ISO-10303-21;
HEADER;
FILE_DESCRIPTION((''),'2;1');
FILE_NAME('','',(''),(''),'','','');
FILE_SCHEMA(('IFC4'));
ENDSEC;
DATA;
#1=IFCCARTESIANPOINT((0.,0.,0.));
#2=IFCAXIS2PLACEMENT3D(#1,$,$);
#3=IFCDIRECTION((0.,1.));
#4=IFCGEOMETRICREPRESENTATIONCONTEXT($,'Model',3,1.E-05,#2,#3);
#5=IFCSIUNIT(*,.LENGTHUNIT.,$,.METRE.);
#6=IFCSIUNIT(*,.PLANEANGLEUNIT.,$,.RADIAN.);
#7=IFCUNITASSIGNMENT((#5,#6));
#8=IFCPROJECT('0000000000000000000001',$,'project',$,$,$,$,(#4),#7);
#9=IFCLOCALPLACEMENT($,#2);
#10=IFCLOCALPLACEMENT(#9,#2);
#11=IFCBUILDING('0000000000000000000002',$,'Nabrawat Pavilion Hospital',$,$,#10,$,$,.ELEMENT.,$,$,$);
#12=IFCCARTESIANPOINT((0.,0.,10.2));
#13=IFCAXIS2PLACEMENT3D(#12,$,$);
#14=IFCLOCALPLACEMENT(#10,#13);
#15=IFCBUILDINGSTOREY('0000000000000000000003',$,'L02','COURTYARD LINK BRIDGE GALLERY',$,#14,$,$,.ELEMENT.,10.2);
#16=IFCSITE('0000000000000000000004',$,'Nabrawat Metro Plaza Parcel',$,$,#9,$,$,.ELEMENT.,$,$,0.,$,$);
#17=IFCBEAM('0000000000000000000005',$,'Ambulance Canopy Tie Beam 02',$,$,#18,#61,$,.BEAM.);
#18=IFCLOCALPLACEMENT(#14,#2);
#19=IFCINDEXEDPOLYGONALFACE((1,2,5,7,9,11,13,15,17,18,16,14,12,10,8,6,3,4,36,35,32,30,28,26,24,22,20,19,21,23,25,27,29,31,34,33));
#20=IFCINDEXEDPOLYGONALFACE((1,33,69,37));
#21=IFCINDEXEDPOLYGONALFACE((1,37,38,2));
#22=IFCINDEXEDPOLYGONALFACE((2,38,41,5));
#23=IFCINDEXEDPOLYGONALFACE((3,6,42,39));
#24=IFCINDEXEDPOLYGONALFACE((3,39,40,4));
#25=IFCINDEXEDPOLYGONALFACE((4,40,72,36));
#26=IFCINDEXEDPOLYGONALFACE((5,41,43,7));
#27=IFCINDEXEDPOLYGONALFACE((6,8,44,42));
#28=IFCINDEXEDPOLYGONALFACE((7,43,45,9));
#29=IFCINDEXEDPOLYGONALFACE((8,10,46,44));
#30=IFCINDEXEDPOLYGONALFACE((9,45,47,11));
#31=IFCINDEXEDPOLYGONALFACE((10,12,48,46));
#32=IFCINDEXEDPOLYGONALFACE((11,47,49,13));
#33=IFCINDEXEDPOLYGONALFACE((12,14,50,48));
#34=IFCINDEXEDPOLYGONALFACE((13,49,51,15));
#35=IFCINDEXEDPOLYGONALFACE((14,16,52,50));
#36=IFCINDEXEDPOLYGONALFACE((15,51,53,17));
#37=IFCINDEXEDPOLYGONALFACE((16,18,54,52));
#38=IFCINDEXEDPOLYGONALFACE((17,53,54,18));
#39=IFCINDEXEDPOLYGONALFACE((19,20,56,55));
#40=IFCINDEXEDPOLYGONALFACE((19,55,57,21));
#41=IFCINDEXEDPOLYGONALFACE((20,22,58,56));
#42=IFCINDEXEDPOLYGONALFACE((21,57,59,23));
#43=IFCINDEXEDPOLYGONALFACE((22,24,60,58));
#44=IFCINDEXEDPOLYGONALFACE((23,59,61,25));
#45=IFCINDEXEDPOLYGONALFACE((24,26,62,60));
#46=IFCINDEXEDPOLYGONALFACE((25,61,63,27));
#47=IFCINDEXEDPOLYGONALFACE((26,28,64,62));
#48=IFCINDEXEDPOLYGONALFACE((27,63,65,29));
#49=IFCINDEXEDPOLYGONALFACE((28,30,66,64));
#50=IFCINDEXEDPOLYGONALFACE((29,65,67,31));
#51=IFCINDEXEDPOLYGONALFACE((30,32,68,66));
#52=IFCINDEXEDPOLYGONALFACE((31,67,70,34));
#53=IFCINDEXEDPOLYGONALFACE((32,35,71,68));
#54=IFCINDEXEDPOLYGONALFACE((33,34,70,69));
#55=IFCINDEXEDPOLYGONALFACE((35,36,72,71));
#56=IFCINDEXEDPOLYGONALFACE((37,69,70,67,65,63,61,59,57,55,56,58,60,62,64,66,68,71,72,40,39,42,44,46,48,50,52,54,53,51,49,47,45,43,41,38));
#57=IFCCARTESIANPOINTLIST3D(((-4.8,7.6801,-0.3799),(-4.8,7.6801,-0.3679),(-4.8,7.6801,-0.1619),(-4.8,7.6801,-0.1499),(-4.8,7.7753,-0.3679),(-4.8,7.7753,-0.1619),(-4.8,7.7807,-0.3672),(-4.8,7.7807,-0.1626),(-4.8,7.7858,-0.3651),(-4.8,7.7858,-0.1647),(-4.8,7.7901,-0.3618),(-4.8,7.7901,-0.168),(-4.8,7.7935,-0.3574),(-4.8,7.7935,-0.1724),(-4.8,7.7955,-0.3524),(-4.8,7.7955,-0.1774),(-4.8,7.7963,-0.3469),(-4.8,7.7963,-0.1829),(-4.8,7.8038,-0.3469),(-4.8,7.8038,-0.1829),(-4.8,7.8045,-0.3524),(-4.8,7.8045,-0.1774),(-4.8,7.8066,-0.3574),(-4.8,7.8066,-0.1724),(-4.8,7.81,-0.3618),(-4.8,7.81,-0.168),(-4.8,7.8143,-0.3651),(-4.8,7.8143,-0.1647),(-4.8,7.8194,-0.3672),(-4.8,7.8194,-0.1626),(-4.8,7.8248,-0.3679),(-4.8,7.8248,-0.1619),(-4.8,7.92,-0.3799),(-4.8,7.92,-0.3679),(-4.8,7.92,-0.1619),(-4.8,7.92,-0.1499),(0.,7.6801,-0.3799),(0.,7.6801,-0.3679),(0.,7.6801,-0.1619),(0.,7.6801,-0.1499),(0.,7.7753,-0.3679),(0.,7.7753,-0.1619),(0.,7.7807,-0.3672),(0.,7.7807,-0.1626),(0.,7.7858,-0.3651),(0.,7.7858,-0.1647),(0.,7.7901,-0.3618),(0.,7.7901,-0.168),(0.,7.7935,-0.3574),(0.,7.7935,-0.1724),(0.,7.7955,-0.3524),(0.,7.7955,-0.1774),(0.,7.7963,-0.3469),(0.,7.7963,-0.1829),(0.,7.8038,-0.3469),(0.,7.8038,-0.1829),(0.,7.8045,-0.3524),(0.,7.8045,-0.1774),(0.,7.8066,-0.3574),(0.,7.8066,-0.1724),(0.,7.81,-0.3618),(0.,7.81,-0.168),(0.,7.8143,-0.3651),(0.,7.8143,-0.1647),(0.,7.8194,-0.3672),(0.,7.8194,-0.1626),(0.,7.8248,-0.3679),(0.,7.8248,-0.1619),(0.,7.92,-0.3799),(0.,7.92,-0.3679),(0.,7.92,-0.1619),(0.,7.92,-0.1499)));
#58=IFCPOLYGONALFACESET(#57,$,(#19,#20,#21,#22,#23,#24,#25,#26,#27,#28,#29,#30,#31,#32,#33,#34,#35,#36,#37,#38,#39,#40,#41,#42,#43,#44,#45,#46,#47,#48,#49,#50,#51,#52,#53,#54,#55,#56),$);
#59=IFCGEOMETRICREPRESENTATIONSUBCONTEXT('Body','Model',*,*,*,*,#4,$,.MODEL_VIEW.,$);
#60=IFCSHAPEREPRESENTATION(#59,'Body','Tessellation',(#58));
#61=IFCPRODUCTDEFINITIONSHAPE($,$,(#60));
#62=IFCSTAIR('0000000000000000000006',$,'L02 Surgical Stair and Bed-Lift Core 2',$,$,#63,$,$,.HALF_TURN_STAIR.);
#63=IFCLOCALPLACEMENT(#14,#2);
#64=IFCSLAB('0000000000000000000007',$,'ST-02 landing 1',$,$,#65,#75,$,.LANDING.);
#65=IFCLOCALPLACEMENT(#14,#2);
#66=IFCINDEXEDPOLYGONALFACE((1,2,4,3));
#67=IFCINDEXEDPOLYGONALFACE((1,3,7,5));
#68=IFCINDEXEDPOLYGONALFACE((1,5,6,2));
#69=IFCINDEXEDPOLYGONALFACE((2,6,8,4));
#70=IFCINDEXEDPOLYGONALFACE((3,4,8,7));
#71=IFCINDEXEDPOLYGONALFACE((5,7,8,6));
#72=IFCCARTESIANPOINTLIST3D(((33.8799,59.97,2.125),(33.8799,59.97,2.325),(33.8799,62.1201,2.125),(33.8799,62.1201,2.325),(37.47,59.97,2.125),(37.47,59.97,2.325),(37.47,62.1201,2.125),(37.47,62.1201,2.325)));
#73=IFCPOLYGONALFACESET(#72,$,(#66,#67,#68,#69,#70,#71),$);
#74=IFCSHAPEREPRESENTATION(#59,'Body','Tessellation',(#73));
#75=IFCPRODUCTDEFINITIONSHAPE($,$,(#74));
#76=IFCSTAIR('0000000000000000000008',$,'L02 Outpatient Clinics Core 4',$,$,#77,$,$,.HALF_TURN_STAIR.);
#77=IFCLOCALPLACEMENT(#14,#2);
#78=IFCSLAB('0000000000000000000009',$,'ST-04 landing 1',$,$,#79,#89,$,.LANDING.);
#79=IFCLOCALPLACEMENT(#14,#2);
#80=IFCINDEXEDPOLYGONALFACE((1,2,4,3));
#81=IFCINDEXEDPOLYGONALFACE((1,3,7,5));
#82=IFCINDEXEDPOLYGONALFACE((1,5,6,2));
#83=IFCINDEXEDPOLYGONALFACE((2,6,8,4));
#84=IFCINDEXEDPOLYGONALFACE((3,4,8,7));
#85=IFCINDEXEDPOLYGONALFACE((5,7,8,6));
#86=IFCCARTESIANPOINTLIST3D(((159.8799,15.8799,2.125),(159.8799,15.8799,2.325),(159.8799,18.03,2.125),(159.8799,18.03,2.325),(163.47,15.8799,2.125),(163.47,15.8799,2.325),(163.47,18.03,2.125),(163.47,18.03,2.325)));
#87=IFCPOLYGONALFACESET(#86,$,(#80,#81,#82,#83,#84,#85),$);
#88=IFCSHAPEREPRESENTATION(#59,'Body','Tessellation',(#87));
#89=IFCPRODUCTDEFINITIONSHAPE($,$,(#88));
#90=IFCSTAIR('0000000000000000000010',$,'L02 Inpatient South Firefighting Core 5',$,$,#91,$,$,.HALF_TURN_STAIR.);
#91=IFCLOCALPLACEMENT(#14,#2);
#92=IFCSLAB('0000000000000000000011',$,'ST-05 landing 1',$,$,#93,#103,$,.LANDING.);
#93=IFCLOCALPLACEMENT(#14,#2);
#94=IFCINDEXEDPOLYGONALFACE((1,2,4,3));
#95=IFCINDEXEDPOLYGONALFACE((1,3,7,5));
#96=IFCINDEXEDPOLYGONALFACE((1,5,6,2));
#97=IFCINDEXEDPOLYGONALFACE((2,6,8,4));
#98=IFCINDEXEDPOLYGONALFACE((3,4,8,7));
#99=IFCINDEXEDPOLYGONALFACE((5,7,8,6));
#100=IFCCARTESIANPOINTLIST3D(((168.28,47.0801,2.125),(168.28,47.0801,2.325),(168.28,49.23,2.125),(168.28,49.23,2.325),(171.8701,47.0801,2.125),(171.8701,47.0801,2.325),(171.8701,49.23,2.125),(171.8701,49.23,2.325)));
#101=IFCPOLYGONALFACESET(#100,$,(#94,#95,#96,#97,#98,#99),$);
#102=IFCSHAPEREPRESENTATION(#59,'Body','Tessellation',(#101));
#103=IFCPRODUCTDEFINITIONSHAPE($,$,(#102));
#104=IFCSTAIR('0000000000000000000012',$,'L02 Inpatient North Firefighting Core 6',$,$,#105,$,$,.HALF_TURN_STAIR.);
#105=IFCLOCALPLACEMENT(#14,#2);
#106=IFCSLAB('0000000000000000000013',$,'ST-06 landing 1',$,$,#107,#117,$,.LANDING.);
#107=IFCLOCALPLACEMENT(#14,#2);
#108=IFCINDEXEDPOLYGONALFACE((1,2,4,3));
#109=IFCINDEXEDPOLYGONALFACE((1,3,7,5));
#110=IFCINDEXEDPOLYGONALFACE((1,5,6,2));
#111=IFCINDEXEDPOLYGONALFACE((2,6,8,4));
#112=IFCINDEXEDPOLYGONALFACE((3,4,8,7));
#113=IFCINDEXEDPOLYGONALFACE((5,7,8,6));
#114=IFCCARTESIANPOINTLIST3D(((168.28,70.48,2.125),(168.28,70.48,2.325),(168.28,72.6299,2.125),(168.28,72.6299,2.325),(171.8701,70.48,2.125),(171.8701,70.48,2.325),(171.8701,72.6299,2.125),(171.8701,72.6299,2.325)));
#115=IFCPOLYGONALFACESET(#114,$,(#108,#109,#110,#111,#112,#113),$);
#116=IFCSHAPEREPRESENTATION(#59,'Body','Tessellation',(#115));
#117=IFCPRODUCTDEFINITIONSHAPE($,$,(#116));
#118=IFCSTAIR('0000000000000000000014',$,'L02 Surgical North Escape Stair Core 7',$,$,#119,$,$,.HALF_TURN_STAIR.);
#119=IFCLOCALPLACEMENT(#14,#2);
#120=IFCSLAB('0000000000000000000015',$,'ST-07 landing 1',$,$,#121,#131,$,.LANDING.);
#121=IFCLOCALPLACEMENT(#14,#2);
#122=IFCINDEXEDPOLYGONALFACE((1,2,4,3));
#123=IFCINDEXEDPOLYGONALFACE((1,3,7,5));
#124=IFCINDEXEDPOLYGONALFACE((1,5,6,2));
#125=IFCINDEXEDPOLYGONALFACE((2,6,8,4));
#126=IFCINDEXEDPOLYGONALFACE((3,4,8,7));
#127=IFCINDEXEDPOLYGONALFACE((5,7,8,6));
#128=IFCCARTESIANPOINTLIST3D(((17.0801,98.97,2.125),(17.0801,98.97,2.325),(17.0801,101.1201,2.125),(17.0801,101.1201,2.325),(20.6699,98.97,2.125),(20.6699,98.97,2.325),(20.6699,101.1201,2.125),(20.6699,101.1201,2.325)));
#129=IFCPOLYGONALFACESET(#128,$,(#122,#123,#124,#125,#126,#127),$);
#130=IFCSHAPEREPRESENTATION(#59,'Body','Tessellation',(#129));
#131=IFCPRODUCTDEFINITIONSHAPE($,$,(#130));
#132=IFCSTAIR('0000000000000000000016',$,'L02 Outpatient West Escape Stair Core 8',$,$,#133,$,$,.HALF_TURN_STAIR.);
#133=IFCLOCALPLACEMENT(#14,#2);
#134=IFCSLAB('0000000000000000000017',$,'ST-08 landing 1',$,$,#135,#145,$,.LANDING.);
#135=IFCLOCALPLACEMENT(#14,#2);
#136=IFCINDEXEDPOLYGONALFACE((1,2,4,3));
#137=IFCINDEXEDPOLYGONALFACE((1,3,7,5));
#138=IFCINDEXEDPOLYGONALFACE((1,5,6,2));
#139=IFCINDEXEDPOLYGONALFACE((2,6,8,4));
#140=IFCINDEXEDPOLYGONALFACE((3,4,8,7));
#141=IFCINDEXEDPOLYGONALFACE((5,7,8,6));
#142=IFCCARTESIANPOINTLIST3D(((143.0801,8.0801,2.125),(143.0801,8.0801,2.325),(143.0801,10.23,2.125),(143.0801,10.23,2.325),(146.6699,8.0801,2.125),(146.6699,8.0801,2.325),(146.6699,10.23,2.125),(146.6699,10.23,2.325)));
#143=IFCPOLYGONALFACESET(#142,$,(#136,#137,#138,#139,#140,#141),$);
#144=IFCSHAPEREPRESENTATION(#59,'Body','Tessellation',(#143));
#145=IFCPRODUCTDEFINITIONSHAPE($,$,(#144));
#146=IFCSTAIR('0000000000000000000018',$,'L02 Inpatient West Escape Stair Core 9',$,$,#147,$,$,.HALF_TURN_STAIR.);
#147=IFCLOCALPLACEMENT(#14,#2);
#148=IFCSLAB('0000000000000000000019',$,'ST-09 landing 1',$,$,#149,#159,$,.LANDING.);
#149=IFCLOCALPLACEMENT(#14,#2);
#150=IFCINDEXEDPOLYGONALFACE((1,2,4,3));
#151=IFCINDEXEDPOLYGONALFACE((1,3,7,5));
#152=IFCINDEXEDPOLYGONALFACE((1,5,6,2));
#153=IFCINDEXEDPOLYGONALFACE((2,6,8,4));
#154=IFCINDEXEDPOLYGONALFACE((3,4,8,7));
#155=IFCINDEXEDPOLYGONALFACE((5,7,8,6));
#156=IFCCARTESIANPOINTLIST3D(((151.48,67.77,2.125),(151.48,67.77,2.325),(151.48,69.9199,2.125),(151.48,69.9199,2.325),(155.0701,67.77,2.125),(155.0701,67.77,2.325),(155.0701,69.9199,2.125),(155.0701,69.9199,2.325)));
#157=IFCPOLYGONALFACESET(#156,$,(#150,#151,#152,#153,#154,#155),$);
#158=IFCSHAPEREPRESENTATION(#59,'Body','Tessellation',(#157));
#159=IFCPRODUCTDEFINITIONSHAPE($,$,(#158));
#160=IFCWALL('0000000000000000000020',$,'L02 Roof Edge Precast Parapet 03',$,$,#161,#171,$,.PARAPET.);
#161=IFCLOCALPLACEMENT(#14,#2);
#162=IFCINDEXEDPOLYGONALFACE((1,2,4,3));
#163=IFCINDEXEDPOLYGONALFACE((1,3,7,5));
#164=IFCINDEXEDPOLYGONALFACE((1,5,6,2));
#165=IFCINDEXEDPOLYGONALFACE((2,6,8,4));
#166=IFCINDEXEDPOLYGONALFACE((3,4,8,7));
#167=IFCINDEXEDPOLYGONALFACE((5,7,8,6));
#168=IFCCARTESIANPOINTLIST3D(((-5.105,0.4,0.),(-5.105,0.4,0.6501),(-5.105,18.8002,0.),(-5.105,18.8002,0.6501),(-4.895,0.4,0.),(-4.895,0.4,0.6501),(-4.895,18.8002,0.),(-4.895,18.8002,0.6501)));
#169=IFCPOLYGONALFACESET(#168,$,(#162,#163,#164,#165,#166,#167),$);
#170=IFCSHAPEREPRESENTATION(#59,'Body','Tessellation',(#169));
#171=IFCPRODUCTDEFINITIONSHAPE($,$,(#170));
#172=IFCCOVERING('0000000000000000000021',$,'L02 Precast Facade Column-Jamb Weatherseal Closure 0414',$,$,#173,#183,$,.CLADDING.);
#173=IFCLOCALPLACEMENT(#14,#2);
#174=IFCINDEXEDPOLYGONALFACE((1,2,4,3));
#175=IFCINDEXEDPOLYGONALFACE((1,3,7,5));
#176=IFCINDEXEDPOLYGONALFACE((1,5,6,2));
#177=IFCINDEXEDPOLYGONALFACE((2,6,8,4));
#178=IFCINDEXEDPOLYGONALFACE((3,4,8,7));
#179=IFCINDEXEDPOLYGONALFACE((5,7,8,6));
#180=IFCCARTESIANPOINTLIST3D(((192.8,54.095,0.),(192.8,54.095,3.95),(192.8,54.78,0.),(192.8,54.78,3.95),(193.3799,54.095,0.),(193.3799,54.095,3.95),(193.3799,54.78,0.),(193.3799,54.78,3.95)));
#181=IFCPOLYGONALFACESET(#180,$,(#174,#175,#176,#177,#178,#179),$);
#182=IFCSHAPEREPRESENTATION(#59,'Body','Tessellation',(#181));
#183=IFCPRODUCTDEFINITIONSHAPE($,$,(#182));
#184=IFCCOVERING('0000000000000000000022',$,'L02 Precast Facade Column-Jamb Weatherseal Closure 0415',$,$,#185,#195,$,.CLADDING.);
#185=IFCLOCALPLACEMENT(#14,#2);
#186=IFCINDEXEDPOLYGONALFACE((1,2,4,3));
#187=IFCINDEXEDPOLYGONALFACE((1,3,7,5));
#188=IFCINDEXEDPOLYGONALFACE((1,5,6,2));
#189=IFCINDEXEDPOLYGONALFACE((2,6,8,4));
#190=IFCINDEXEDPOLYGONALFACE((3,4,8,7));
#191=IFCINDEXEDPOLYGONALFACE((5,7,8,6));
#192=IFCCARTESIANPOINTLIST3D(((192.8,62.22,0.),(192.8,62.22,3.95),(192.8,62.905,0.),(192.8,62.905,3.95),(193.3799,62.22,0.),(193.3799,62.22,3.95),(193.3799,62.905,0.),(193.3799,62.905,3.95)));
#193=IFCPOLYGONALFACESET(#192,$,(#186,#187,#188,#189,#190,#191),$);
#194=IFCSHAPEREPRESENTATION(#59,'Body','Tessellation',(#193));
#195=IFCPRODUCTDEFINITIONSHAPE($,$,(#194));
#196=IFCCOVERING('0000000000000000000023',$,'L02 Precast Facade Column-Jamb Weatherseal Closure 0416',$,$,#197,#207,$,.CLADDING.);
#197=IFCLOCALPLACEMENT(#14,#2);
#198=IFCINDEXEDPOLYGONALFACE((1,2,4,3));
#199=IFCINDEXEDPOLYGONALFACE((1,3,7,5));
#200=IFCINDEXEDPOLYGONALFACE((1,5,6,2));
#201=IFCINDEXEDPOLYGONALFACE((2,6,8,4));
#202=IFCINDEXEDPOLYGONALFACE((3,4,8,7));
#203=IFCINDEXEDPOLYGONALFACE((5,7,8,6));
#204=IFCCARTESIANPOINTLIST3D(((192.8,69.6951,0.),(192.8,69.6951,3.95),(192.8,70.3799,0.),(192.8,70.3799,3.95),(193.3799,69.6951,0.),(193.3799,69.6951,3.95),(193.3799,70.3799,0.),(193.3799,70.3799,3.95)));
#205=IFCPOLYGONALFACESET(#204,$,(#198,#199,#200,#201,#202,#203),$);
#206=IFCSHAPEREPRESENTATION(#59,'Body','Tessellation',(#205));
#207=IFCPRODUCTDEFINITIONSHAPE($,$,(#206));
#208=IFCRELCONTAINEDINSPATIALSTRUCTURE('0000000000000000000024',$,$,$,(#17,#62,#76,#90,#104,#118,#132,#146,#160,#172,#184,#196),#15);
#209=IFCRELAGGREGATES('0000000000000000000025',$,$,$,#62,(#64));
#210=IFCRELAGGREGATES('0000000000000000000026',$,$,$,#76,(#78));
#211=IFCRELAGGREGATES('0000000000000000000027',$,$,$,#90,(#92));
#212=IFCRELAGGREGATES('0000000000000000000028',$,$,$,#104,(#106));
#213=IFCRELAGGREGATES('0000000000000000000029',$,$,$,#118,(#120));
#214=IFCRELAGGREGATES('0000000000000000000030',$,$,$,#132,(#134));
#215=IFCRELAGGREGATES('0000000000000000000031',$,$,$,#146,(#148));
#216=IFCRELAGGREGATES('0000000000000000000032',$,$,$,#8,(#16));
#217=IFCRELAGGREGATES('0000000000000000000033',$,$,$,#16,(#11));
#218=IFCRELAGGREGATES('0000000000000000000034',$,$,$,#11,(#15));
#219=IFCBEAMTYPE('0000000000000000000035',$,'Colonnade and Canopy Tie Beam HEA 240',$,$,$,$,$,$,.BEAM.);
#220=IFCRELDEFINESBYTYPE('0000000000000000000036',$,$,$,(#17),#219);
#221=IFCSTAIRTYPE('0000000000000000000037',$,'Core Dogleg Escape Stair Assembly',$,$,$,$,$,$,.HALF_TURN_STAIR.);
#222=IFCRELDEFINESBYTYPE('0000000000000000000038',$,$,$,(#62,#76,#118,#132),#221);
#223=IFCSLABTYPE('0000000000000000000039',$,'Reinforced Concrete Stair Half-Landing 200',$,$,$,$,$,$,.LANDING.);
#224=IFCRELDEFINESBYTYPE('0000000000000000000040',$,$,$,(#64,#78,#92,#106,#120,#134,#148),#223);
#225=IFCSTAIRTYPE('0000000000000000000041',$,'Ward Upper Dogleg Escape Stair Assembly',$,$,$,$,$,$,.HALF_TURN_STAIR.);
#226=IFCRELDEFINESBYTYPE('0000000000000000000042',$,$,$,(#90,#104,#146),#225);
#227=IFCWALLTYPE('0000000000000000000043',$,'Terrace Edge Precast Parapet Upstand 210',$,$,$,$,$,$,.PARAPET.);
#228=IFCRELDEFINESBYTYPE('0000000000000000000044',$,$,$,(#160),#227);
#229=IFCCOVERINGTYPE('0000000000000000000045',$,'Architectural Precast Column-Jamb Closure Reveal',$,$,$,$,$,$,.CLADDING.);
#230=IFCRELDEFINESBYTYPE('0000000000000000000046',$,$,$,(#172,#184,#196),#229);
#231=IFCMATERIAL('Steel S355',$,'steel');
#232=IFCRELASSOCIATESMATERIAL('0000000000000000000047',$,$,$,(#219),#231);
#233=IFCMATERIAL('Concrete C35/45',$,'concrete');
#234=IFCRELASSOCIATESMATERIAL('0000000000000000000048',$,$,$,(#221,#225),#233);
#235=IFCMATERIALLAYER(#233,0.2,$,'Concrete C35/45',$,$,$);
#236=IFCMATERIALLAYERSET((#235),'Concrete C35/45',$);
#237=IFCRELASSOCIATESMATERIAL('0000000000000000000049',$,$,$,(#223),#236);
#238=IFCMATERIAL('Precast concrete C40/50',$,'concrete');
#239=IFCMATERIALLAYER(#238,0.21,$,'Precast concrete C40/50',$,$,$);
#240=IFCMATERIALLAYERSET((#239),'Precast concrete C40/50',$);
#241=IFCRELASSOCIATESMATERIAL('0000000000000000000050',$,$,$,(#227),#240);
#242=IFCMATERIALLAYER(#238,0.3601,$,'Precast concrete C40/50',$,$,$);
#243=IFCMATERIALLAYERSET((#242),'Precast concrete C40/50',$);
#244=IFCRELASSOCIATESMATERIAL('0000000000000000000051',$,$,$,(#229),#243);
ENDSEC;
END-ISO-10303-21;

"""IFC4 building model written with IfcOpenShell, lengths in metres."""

from ifc_helpers import new_model, si_unit, direction, frame, frame_2d, origin, origin_2d, place, context, subcontext, project, spatial, polyline, rectangle, i_section, outline, extrude, material, layer, layer_set, material_profile, profile_set, type_object, element, aggregate, save


model = new_model("IFC4")

# Units and contexts
model_context = context("Model", 3, precision=1e-05, world=origin(), true_north=direction((0.0, 1.0)))
body_context = subcontext(model_context, "Body", "Model", "MODEL_VIEW")
ifc_project = project(units=[si_unit("LENGTHUNIT", "METRE"), si_unit("PLANEANGLEUNIT", "RADIAN")], contexts=[model_context])

# Site, building, storey
site_placement = place(None, origin())
site = spatial("IfcSite", under=ifc_project, at=site_placement, Name="Nabrawat Metro Plaza Parcel", CompositionType="ELEMENT", RefElevation=0.0)
building_placement = place(site_placement, origin())
building = spatial("IfcBuilding", under=site, at=building_placement, Name="Nabrawat Pavilion Hospital", CompositionType="ELEMENT")
storey_placement = place(building_placement, frame((0.0, 0.0, 10.2)))
storey = spatial("IfcBuildingStorey", under=building, at=storey_placement, Name="L02", Description="COURTYARD LINK BRIDGE GALLERY", CompositionType="ELEMENT", Elevation=10.2)

# Beam
ifc_material_1 = material(Name="Steel S355", Category="steel")
ifc_material_profile = material_profile(ifc_material_1, i_section(OverallWidth=0.24, OverallDepth=0.23, WebThickness=0.0076, FlangeThickness=0.012, FilletRadius=0.021, at=origin_2d()), Name="HEA 240")
ifc_profile_set = profile_set([ifc_material_profile], Name="Steel S355")
beam_type = type_object("IfcBeamType", Name="Colonnade and Canopy Tie Beam HEA 240", PredefinedType="BEAM", material=ifc_profile_set)
beam_placement = place(storey_placement, frame((-4.8, 7.8, -0.2649), z_axis=(1.0, 0.0, 0.0), x_axis=(0.0, 1.0, 0.0)))
element("IfcBeam", 1, at=beam_placement, inside=storey, type_object=beam_type, Name="Ambulance Canopy Tie Beam 02", PredefinedType="BEAM", context=body_context, shape_type="SweptSolid", body=[
    extrude(i_section(OverallWidth=0.24, OverallDepth=0.23, WebThickness=0.0076, FlangeThickness=0.012, FilletRadius=0.021, at=origin_2d()), origin(), (0.0, 0.0, 1.0), 4.8),
])

# Stairs, slabs
ifc_material_2 = material(Name="Concrete C35/45", Category="concrete")
stair_type_1 = type_object("IfcStairType", Name="Core Dogleg Escape Stair Assembly", PredefinedType="HALF_TURN_STAIR", material=ifc_material_2)
stair_1_placement = place(storey_placement, origin())
stair_1 = element("IfcStair", 2, at=stair_1_placement, inside=storey, type_object=stair_type_1, Name="L02 Surgical Stair and Bed-Lift Core 2", PredefinedType="HALF_TURN_STAIR")
ifc_layer_1 = layer(ifc_material_2, 0.2, Name="Concrete C35/45")
ifc_layer_set_1 = layer_set([ifc_layer_1], Name="Concrete C35/45")
slab_type = type_object("IfcSlabType", Name="Reinforced Concrete Stair Half-Landing 200", PredefinedType="LANDING", material=ifc_layer_set_1)
slab_1_placement = place(storey_placement, frame((0.0, 0.0, 2.125)))
slab_1 = element("IfcSlab", 3, at=slab_1_placement, type_object=slab_type, Name="ST-02 landing 1", PredefinedType="LANDING", context=body_context, shape_type="SweptSolid", body=[
    extrude(outline(polyline([(37.47, 59.97), (37.47, 62.1201), (33.8799, 62.1201), (33.8799, 59.97), (37.47, 59.97)])), origin(), (0.0, 0.0, 1.0), 0.2),
])
aggregate(stair_1, [slab_1])
stair_2_placement = place(storey_placement, origin())
stair_2 = element("IfcStair", 4, at=stair_2_placement, inside=storey, type_object=stair_type_1, Name="L02 Outpatient Clinics Core 4", PredefinedType="HALF_TURN_STAIR")
slab_2_placement = place(storey_placement, frame((0.0, 0.0, 2.125)))
slab_2 = element("IfcSlab", 5, at=slab_2_placement, type_object=slab_type, Name="ST-04 landing 1", PredefinedType="LANDING", context=body_context, shape_type="SweptSolid", body=[
    extrude(outline(polyline([(163.47, 15.8799), (163.47, 18.03), (159.8799, 18.03), (159.8799, 15.8799), (163.47, 15.8799)])), origin(), (0.0, 0.0, 1.0), 0.2),
])
aggregate(stair_2, [slab_2])
stair_type_2 = type_object("IfcStairType", Name="Ward Upper Dogleg Escape Stair Assembly", PredefinedType="HALF_TURN_STAIR", material=ifc_material_2)
stair_3_placement = place(storey_placement, origin())
stair_3 = element("IfcStair", 6, at=stair_3_placement, inside=storey, type_object=stair_type_2, Name="L02 Inpatient South Firefighting Core 5", PredefinedType="HALF_TURN_STAIR")
slab_3_placement = place(storey_placement, frame((0.0, 0.0, 2.125)))
slab_3 = element("IfcSlab", 7, at=slab_3_placement, type_object=slab_type, Name="ST-05 landing 1", PredefinedType="LANDING", context=body_context, shape_type="SweptSolid", body=[
    extrude(outline(polyline([(171.8701, 47.0801), (171.8701, 49.23), (168.28, 49.23), (168.28, 47.0801), (171.8701, 47.0801)])), origin(), (0.0, 0.0, 1.0), 0.2),
])
aggregate(stair_3, [slab_3])
stair_4_placement = place(storey_placement, origin())
stair_4 = element("IfcStair", 8, at=stair_4_placement, inside=storey, type_object=stair_type_2, Name="L02 Inpatient North Firefighting Core 6", PredefinedType="HALF_TURN_STAIR")
slab_4_placement = place(storey_placement, frame((0.0, 0.0, 2.125)))
slab_4 = element("IfcSlab", 9, at=slab_4_placement, type_object=slab_type, Name="ST-06 landing 1", PredefinedType="LANDING", context=body_context, shape_type="SweptSolid", body=[
    extrude(outline(polyline([(171.8701, 70.48), (171.8701, 72.6299), (168.28, 72.6299), (168.28, 70.48), (171.8701, 70.48)])), origin(), (0.0, 0.0, 1.0), 0.2),
])
aggregate(stair_4, [slab_4])
stair_5_placement = place(storey_placement, origin())
stair_5 = element("IfcStair", 10, at=stair_5_placement, inside=storey, type_object=stair_type_1, Name="L02 Surgical North Escape Stair Core 7", PredefinedType="HALF_TURN_STAIR")
slab_5_placement = place(storey_placement, frame((0.0, 0.0, 2.125)))
slab_5 = element("IfcSlab", 11, at=slab_5_placement, type_object=slab_type, Name="ST-07 landing 1", PredefinedType="LANDING", context=body_context, shape_type="SweptSolid", body=[
    extrude(outline(polyline([(20.6699, 98.97), (20.6699, 101.1201), (17.0801, 101.1201), (17.0801, 98.97), (20.6699, 98.97)])), origin(), (0.0, 0.0, 1.0), 0.2),
])
aggregate(stair_5, [slab_5])
stair_6_placement = place(storey_placement, origin())
stair_6 = element("IfcStair", 12, at=stair_6_placement, inside=storey, type_object=stair_type_1, Name="L02 Outpatient West Escape Stair Core 8", PredefinedType="HALF_TURN_STAIR")
slab_6_placement = place(storey_placement, frame((0.0, 0.0, 2.125)))
slab_6 = element("IfcSlab", 13, at=slab_6_placement, type_object=slab_type, Name="ST-08 landing 1", PredefinedType="LANDING", context=body_context, shape_type="SweptSolid", body=[
    extrude(outline(polyline([(146.6699, 8.0801), (146.6699, 10.23), (143.0801, 10.23), (143.0801, 8.0801), (146.6699, 8.0801)])), origin(), (0.0, 0.0, 1.0), 0.2),
])
aggregate(stair_6, [slab_6])
stair_7_placement = place(storey_placement, origin())
stair_7 = element("IfcStair", 14, at=stair_7_placement, inside=storey, type_object=stair_type_2, Name="L02 Inpatient West Escape Stair Core 9", PredefinedType="HALF_TURN_STAIR")
slab_7_placement = place(storey_placement, frame((0.0, 0.0, 2.125)))
slab_7 = element("IfcSlab", 15, at=slab_7_placement, type_object=slab_type, Name="ST-09 landing 1", PredefinedType="LANDING", context=body_context, shape_type="SweptSolid", body=[
    extrude(outline(polyline([(155.0701, 67.77), (155.0701, 69.9199), (151.48, 69.9199), (151.48, 67.77), (155.0701, 67.77)])), origin(), (0.0, 0.0, 1.0), 0.2),
])
aggregate(stair_7, [slab_7])

# Wall
ifc_material_3 = material(Name="Precast concrete C40/50", Category="concrete")
ifc_layer_2 = layer(ifc_material_3, 0.21, Name="Precast concrete C40/50")
ifc_layer_set_2 = layer_set([ifc_layer_2], Name="Precast concrete C40/50")
wall_type = type_object("IfcWallType", Name="Terrace Edge Precast Parapet Upstand 210", PredefinedType="PARAPET", material=ifc_layer_set_2)
wall_placement = place(storey_placement, frame((-5.0, 0.3999, 0.0), z_axis=(0.0, 0.0, 1.0), x_axis=(0.0, 1.0, 0.0)))
element("IfcWall", 16, at=wall_placement, inside=storey, type_object=wall_type, Name="L02 Roof Edge Precast Parapet 03", PredefinedType="PARAPET", context=body_context, shape_type="SweptSolid", body=[
    extrude(rectangle(XDim=18.4001, YDim=0.21, at=frame_2d((9.2002, 0.0))), origin(), (0.0, 0.0, 1.0), 0.6501),
])

# Coverings
ifc_layer_3 = layer(ifc_material_3, 0.3601, Name="Precast concrete C40/50")
ifc_layer_set_3 = layer_set([ifc_layer_3], Name="Precast concrete C40/50")
covering_type_1 = type_object("IfcCoveringType", Name="Architectural Precast Column-Jamb Closure Reveal", PredefinedType="CLADDING", material=ifc_layer_set_3)
covering_1_placement = place(storey_placement, origin())
element("IfcCovering", 17, at=covering_1_placement, inside=storey, type_object=covering_type_1, Name="L02 Precast Facade Column-Jamb Weatherseal Closure 0414", PredefinedType="CLADDING", context=body_context, shape_type="SweptSolid", body=[
    extrude(outline(polyline([(193.3799, 54.095), (193.3799, 54.78), (192.8, 54.78), (192.8, 54.095), (193.3799, 54.095)])), origin(), (0.0, 0.0, 1.0), 3.95),
])
covering_2_placement = place(storey_placement, origin())
element("IfcCovering", 18, at=covering_2_placement, inside=storey, type_object=covering_type_1, Name="L02 Precast Facade Column-Jamb Weatherseal Closure 0415", PredefinedType="CLADDING", context=body_context, shape_type="SweptSolid", body=[
    extrude(outline(polyline([(193.3799, 62.22), (193.3799, 62.905), (192.8, 62.905), (192.8, 62.22), (193.3799, 62.22)])), origin(), (0.0, 0.0, 1.0), 3.95),
])
covering_3_placement = place(storey_placement, origin())
element("IfcCovering", 19, at=covering_3_placement, inside=storey, type_object=covering_type_1, Name="L02 Precast Facade Column-Jamb Weatherseal Closure 0416", PredefinedType="CLADDING", context=body_context, shape_type="SweptSolid", body=[
    extrude(outline(polyline([(193.3799, 69.6951), (193.3799, 70.3799), (192.8, 70.3799), (192.8, 69.6951), (193.3799, 69.6951)])), origin(), (0.0, 0.0, 1.0), 3.95),
])

save(model, "model.ifc")
